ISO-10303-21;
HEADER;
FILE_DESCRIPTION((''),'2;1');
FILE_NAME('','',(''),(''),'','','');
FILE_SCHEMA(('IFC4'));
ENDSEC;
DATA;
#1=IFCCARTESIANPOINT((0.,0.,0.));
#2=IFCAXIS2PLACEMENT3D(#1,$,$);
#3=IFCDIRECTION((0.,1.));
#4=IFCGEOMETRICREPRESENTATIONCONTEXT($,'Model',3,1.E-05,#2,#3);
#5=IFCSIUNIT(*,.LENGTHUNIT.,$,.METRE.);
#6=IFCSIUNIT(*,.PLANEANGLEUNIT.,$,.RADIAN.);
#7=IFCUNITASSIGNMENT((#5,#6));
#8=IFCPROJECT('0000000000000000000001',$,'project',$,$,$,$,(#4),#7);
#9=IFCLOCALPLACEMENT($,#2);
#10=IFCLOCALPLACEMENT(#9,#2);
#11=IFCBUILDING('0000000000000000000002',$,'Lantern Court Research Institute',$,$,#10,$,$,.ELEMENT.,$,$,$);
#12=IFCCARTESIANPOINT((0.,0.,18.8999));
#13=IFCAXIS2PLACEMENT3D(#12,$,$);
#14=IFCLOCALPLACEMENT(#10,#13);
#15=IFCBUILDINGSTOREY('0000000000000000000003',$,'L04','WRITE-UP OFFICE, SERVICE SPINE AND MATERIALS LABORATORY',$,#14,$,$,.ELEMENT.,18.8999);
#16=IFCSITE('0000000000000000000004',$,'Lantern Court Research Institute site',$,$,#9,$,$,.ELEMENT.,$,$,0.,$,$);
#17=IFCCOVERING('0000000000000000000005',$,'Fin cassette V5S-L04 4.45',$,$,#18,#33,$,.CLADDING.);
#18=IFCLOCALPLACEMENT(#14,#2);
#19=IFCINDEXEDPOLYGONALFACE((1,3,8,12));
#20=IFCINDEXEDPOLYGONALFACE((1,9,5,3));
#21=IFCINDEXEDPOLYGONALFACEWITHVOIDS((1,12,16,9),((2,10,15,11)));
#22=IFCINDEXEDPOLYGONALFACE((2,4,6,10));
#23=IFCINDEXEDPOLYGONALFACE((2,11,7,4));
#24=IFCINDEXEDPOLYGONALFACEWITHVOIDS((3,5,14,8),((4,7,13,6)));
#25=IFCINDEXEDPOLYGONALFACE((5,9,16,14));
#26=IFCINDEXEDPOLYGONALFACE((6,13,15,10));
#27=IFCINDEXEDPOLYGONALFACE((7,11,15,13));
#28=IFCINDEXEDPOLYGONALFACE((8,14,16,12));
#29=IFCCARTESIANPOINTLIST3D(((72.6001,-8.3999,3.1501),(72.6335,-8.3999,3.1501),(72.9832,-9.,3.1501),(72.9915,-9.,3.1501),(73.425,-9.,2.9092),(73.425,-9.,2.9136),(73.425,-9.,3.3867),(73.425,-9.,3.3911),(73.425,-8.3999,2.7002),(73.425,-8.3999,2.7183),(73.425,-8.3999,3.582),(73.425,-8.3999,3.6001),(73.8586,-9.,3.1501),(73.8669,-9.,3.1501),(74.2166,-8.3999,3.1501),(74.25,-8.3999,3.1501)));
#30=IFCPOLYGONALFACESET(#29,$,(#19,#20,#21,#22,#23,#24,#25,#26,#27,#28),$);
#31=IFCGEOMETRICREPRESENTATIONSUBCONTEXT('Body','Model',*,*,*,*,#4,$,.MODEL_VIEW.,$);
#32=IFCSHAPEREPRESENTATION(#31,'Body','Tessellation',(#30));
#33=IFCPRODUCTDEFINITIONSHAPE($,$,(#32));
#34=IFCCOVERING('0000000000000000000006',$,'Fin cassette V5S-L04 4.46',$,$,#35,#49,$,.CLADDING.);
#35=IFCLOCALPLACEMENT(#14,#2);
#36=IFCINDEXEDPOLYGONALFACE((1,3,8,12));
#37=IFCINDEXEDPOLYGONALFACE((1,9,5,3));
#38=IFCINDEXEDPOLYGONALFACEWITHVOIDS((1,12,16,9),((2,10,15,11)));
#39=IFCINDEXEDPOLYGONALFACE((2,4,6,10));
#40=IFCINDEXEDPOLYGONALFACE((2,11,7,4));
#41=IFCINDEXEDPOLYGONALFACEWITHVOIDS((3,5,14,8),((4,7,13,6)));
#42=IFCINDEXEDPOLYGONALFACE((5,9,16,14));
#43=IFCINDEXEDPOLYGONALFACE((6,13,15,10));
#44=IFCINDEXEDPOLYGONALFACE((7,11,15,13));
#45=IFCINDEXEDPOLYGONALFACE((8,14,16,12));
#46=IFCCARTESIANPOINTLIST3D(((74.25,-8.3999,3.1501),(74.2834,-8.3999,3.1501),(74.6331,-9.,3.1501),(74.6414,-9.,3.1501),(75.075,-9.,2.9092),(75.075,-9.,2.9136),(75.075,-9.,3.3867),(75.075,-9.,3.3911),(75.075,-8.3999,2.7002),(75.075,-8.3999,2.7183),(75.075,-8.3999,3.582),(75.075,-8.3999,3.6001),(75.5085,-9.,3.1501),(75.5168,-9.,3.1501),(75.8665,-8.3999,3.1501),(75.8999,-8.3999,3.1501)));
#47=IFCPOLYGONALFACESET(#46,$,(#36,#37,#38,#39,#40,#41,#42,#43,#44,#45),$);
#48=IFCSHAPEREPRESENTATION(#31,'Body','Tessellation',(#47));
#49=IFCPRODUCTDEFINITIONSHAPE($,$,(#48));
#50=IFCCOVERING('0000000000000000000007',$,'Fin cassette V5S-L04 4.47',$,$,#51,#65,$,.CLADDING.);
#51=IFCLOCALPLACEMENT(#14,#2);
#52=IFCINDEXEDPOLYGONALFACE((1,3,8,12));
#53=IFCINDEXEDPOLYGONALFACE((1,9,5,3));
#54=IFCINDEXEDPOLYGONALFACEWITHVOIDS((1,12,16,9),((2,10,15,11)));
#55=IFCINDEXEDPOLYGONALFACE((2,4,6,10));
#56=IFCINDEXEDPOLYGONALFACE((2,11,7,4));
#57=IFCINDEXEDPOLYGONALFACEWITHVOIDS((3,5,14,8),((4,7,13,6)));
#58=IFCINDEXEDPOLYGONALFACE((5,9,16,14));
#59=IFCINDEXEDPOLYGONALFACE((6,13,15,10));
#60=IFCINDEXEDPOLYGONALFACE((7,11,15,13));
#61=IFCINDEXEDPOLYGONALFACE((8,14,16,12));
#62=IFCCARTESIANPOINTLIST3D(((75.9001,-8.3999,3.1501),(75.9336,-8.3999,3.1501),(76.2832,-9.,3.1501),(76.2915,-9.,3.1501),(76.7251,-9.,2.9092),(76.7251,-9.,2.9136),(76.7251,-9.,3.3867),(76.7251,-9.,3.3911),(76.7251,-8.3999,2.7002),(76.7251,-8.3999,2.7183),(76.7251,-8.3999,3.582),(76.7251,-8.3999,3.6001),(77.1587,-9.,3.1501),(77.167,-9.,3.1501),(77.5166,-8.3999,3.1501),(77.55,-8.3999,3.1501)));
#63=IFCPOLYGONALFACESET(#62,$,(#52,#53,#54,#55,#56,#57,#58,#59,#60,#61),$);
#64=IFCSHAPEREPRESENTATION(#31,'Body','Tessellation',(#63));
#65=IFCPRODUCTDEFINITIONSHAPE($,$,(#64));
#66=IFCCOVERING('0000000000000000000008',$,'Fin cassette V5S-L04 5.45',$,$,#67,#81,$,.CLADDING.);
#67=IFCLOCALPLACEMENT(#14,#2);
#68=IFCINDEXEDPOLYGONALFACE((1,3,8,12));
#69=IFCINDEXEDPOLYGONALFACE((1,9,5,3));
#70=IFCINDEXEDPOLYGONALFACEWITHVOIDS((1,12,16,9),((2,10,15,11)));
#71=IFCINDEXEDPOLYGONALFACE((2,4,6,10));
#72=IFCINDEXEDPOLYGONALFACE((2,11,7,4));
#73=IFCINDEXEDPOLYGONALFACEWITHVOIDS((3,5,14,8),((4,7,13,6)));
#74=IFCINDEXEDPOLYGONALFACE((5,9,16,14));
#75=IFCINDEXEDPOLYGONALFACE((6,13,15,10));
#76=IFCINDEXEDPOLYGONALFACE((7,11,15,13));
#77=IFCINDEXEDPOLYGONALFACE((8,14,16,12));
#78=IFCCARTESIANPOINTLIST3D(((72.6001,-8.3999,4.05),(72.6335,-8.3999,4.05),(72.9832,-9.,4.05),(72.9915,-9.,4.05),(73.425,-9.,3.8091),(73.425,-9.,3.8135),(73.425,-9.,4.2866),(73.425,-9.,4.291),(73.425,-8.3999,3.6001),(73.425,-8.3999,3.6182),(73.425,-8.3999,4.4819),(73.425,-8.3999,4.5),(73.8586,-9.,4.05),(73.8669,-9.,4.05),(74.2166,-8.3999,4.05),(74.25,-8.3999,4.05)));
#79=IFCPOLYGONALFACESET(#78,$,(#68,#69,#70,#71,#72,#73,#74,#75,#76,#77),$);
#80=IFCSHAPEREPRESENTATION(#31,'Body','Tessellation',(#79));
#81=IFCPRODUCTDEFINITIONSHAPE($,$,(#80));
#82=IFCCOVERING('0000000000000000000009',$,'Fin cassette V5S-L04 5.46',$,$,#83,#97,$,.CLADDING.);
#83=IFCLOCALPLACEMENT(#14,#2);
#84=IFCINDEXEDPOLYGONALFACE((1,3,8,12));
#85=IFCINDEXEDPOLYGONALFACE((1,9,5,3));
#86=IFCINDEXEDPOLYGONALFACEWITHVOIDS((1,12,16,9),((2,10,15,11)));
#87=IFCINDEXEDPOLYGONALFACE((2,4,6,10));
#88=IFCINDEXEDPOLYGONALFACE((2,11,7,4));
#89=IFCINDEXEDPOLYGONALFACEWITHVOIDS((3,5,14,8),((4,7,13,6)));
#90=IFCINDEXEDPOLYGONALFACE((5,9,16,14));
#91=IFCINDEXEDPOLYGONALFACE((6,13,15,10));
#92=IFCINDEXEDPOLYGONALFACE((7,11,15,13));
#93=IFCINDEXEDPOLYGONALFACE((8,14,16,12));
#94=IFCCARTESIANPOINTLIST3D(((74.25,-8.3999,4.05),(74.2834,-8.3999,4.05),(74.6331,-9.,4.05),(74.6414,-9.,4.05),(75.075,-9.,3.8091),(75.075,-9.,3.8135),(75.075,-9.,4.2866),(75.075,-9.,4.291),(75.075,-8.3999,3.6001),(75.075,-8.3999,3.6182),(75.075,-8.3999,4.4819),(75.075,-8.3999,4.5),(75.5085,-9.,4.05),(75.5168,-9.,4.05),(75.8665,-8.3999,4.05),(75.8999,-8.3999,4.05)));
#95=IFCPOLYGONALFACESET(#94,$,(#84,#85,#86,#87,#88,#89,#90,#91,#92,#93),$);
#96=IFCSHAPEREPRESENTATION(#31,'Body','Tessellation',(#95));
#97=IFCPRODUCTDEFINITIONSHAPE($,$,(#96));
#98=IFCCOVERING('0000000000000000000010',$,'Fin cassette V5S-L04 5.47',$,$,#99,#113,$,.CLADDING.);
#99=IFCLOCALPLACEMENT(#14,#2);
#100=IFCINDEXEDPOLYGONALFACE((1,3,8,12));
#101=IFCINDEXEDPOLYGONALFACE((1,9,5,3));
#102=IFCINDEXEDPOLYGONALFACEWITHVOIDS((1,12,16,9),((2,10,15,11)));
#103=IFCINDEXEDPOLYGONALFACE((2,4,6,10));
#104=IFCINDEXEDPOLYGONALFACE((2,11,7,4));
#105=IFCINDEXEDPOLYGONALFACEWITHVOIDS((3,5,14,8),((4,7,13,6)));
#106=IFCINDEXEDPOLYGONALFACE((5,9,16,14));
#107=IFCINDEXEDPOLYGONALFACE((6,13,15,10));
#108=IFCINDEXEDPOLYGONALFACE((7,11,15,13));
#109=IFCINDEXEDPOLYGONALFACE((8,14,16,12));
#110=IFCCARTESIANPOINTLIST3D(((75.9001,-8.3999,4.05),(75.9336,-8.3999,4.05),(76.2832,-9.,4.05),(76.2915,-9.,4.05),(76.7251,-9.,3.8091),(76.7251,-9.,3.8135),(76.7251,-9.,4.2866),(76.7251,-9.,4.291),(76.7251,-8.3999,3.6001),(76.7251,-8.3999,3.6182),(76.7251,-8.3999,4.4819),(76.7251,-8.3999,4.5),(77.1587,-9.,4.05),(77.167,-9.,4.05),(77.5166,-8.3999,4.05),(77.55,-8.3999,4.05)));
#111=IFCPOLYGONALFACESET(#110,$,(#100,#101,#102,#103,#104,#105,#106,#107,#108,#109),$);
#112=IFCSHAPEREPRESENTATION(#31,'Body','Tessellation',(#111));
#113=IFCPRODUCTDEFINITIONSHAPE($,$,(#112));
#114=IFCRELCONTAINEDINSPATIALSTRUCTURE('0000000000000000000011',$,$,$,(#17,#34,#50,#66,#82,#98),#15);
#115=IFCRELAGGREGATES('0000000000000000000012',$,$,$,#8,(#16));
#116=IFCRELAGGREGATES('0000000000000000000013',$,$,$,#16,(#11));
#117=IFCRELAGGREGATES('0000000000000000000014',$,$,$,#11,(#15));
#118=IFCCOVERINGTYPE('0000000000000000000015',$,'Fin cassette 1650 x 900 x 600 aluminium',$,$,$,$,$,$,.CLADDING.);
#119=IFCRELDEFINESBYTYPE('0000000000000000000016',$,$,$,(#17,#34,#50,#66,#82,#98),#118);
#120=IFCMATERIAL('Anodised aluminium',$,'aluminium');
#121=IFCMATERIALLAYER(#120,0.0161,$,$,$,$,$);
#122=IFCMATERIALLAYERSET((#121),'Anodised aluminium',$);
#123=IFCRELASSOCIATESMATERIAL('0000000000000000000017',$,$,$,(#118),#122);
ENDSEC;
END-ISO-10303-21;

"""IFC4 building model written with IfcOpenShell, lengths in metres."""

from ifc_helpers import new_model, entity, si_unit, direction, frame, origin, place, context, subcontext, project, spatial, material, layer, layer_set, type_object, element, save


model = new_model("IFC4")

# Units and contexts
model_context = context("Model", 3, precision=1e-05, world=origin(), true_north=direction((0.0, 1.0)))
body_context = subcontext(model_context, "Body", "Model", "MODEL_VIEW")
ifc_project = project(units=[si_unit("LENGTHUNIT", "METRE"), si_unit("PLANEANGLEUNIT", "RADIAN")], contexts=[model_context])

# Site, building, storey
site_placement = place(None, origin())
site = spatial("IfcSite", under=ifc_project, at=site_placement, Name="Lantern Court Research Institute site", CompositionType="ELEMENT", RefElevation=0.0)
building_placement = place(site_placement, origin())
building = spatial("IfcBuilding", under=site, at=building_placement, Name="Lantern Court Research Institute", CompositionType="ELEMENT")
storey_placement = place(building_placement, frame((0.0, 0.0, 18.8999)))
storey = spatial("IfcBuildingStorey", under=building, at=storey_placement, Name="L04", Description="WRITE-UP OFFICE, SERVICE SPINE AND MATERIALS LABORATORY", CompositionType="ELEMENT", Elevation=18.8999)

# Coverings
ifc_material_1 = material(Name="Anodised aluminium", Category="aluminium")
ifc_layer_1 = layer(ifc_material_1, 0.0161)
ifc_layer_set_1 = layer_set([ifc_layer_1], Name="Anodised aluminium")
covering_type = type_object("IfcCoveringType", Name="Fin cassette 1650 x 900 x 600 aluminium", PredefinedType="CLADDING", material=ifc_layer_set_1)
covering_1_placement = place(storey_placement, frame((73.425, -8.3999, 3.1501), z_axis=(0.0, -1.0, 0.0), x_axis=(1.0, 0.0, 0.0)))
cartesian_point_1 = entity("IfcCartesianPoint", [0.825, 0.0])
cartesian_point_2 = entity("IfcCartesianPoint", [0.7915, 0.0])
cartesian_point_3 = entity("IfcCartesianPoint", [0.4419, 0.0])
cartesian_point_4 = entity("IfcCartesianPoint", [0.4336, 0.0])
element("IfcCovering", 1, at=covering_1_placement, inside=storey, type_object=covering_type, Name="Fin cassette V5S-L04 4.45", PredefinedType="CLADDING", context=body_context, shape_type="SweptSolid", body=[
    entity("IfcExtrudedAreaSolidTapered", entity("IfcArbitraryProfileDefWithVoids", "AREA", None, entity("IfcPolyline", [cartesian_point_1, entity("IfcCartesianPoint", [0.0, 0.45]), entity("IfcCartesianPoint", [-0.825, 0.0]), entity("IfcCartesianPoint", [0.0, -0.45]), cartesian_point_1]), [entity("IfcPolyline", [cartesian_point_2, entity("IfcCartesianPoint", [0.0, 0.4319]), entity("IfcCartesianPoint", [-0.7915, 0.0]), entity("IfcCartesianPoint", [0.0, -0.4319]), cartesian_point_2])]), entity("IfcAxis2Placement3D", entity("IfcCartesianPoint", [0.0, 0.0, 0.0])), entity("IfcDirection", [0.0, 0.0, 1.0]), 0.6001, entity("IfcArbitraryProfileDefWithVoids", "AREA", None, entity("IfcPolyline", [cartesian_point_3, entity("IfcCartesianPoint", [0.0, 0.241]), entity("IfcCartesianPoint", [-0.4419, 0.0]), entity("IfcCartesianPoint", [0.0, -0.241]), cartesian_point_3]), [entity("IfcPolyline", [cartesian_point_4, entity("IfcCartesianPoint", [0.0, 0.2366]), entity("IfcCartesianPoint", [-0.4336, 0.0]), entity("IfcCartesianPoint", [0.0, -0.2366]), cartesian_point_4])])),
])
covering_2_placement = place(storey_placement, frame((75.075, -8.3999, 3.1501), z_axis=(0.0, -1.0, 0.0), x_axis=(1.0, 0.0, 0.0)))
cartesian_point_5 = entity("IfcCartesianPoint", [0.825, 0.0])
cartesian_point_6 = entity("IfcCartesianPoint", [0.7915, 0.0])
cartesian_point_7 = entity("IfcCartesianPoint", [0.4419, 0.0])
cartesian_point_8 = entity("IfcCartesianPoint", [0.4336, 0.0])
element("IfcCovering", 2, at=covering_2_placement, inside=storey, type_object=covering_type, Name="Fin cassette V5S-L04 4.46", PredefinedType="CLADDING", context=body_context, shape_type="SweptSolid", body=[
    entity("IfcExtrudedAreaSolidTapered", entity("IfcArbitraryProfileDefWithVoids", "AREA", None, entity("IfcPolyline", [cartesian_point_5, entity("IfcCartesianPoint", [0.0, 0.45]), entity("IfcCartesianPoint", [-0.825, 0.0]), entity("IfcCartesianPoint", [0.0, -0.45]), cartesian_point_5]), [entity("IfcPolyline", [cartesian_point_6, entity("IfcCartesianPoint", [0.0, 0.4319]), entity("IfcCartesianPoint", [-0.7915, 0.0]), entity("IfcCartesianPoint", [0.0, -0.4319]), cartesian_point_6])]), entity("IfcAxis2Placement3D", entity("IfcCartesianPoint", [0.0, 0.0, 0.0])), entity("IfcDirection", [0.0, 0.0, 1.0]), 0.6001, entity("IfcArbitraryProfileDefWithVoids", "AREA", None, entity("IfcPolyline", [cartesian_point_7, entity("IfcCartesianPoint", [0.0, 0.241]), entity("IfcCartesianPoint", [-0.4419, 0.0]), entity("IfcCartesianPoint", [0.0, -0.241]), cartesian_point_7]), [entity("IfcPolyline", [cartesian_point_8, entity("IfcCartesianPoint", [0.0, 0.2366]), entity("IfcCartesianPoint", [-0.4336, 0.0]), entity("IfcCartesianPoint", [0.0, -0.2366]), cartesian_point_8])])),
])
covering_3_placement = place(storey_placement, frame((76.7251, -8.3999, 3.1501), z_axis=(0.0, -1.0, 0.0), x_axis=(1.0, 0.0, 0.0)))
cartesian_point_9 = entity("IfcCartesianPoint", [0.825, 0.0])
cartesian_point_10 = entity("IfcCartesianPoint", [0.7915, 0.0])
cartesian_point_11 = entity("IfcCartesianPoint", [0.4419, 0.0])
cartesian_point_12 = entity("IfcCartesianPoint", [0.4336, 0.0])
element("IfcCovering", 3, at=covering_3_placement, inside=storey, type_object=covering_type, Name="Fin cassette V5S-L04 4.47", PredefinedType="CLADDING", context=body_context, shape_type="SweptSolid", body=[
    entity("IfcExtrudedAreaSolidTapered", entity("IfcArbitraryProfileDefWithVoids", "AREA", None, entity("IfcPolyline", [cartesian_point_9, entity("IfcCartesianPoint", [0.0, 0.45]), entity("IfcCartesianPoint", [-0.825, 0.0]), entity("IfcCartesianPoint", [0.0, -0.45]), cartesian_point_9]), [entity("IfcPolyline", [cartesian_point_10, entity("IfcCartesianPoint", [0.0, 0.4319]), entity("IfcCartesianPoint", [-0.7915, 0.0]), entity("IfcCartesianPoint", [0.0, -0.4319]), cartesian_point_10])]), entity("IfcAxis2Placement3D", entity("IfcCartesianPoint", [0.0, 0.0, 0.0])), entity("IfcDirection", [0.0, 0.0, 1.0]), 0.6001, entity("IfcArbitraryProfileDefWithVoids", "AREA", None, entity("IfcPolyline", [cartesian_point_11, entity("IfcCartesianPoint", [0.0, 0.241]), entity("IfcCartesianPoint", [-0.4419, 0.0]), entity("IfcCartesianPoint", [0.0, -0.241]), cartesian_point_11]), [entity("IfcPolyline", [cartesian_point_12, entity("IfcCartesianPoint", [0.0, 0.2366]), entity("IfcCartesianPoint", [-0.4336, 0.0]), entity("IfcCartesianPoint", [0.0, -0.2366]), cartesian_point_12])])),
])
covering_4_placement = place(storey_placement, frame((73.425, -8.3999, 4.05), z_axis=(0.0, -1.0, 0.0), x_axis=(1.0, 0.0, 0.0)))
cartesian_point_13 = entity("IfcCartesianPoint", [0.825, 0.0])
cartesian_point_14 = entity("IfcCartesianPoint", [0.7915, 0.0])
cartesian_point_15 = entity("IfcCartesianPoint", [0.4419, 0.0])
cartesian_point_16 = entity("IfcCartesianPoint", [0.4336, 0.0])
element("IfcCovering", 4, at=covering_4_placement, inside=storey, type_object=covering_type, Name="Fin cassette V5S-L04 5.45", PredefinedType="CLADDING", context=body_context, shape_type="SweptSolid", body=[
    entity("IfcExtrudedAreaSolidTapered", entity("IfcArbitraryProfileDefWithVoids", "AREA", None, entity("IfcPolyline", [cartesian_point_13, entity("IfcCartesianPoint", [0.0, 0.45]), entity("IfcCartesianPoint", [-0.825, 0.0]), entity("IfcCartesianPoint", [0.0, -0.45]), cartesian_point_13]), [entity("IfcPolyline", [cartesian_point_14, entity("IfcCartesianPoint", [0.0, 0.4319]), entity("IfcCartesianPoint", [-0.7915, 0.0]), entity("IfcCartesianPoint", [0.0, -0.4319]), cartesian_point_14])]), entity("IfcAxis2Placement3D", entity("IfcCartesianPoint", [0.0, 0.0, 0.0])), entity("IfcDirection", [0.0, 0.0, 1.0]), 0.6001, entity("IfcArbitraryProfileDefWithVoids", "AREA", None, entity("IfcPolyline", [cartesian_point_15, entity("IfcCartesianPoint", [0.0, 0.241]), entity("IfcCartesianPoint", [-0.4419, 0.0]), entity("IfcCartesianPoint", [0.0, -0.241]), cartesian_point_15]), [entity("IfcPolyline", [cartesian_point_16, entity("IfcCartesianPoint", [0.0, 0.2366]), entity("IfcCartesianPoint", [-0.4336, 0.0]), entity("IfcCartesianPoint", [0.0, -0.2366]), cartesian_point_16])])),
])
covering_5_placement = place(storey_placement, frame((75.075, -8.3999, 4.05), z_axis=(0.0, -1.0, 0.0), x_axis=(1.0, 0.0, 0.0)))
cartesian_point_17 = entity("IfcCartesianPoint", [0.825, 0.0])
cartesian_point_18 = entity("IfcCartesianPoint", [0.7915, 0.0])
cartesian_point_19 = entity("IfcCartesianPoint", [0.4419, 0.0])
cartesian_point_20 = entity("IfcCartesianPoint", [0.4336, 0.0])
element("IfcCovering", 5, at=covering_5_placement, inside=storey, type_object=covering_type, Name="Fin cassette V5S-L04 5.46", PredefinedType="CLADDING", context=body_context, shape_type="SweptSolid", body=[
    entity("IfcExtrudedAreaSolidTapered", entity("IfcArbitraryProfileDefWithVoids", "AREA", None, entity("IfcPolyline", [cartesian_point_17, entity("IfcCartesianPoint", [0.0, 0.45]), entity("IfcCartesianPoint", [-0.825, 0.0]), entity("IfcCartesianPoint", [0.0, -0.45]), cartesian_point_17]), [entity("IfcPolyline", [cartesian_point_18, entity("IfcCartesianPoint", [0.0, 0.4319]), entity("IfcCartesianPoint", [-0.7915, 0.0]), entity("IfcCartesianPoint", [0.0, -0.4319]), cartesian_point_18])]), entity("IfcAxis2Placement3D", entity("IfcCartesianPoint", [0.0, 0.0, 0.0])), entity("IfcDirection", [0.0, 0.0, 1.0]), 0.6001, entity("IfcArbitraryProfileDefWithVoids", "AREA", None, entity("IfcPolyline", [cartesian_point_19, entity("IfcCartesianPoint", [0.0, 0.241]), entity("IfcCartesianPoint", [-0.4419, 0.0]), entity("IfcCartesianPoint", [0.0, -0.241]), cartesian_point_19]), [entity("IfcPolyline", [cartesian_point_20, entity("IfcCartesianPoint", [0.0, 0.2366]), entity("IfcCartesianPoint", [-0.4336, 0.0]), entity("IfcCartesianPoint", [0.0, -0.2366]), cartesian_point_20])])),
])
covering_6_placement = place(storey_placement, frame((76.7251, -8.3999, 4.05), z_axis=(0.0, -1.0, 0.0), x_axis=(1.0, 0.0, 0.0)))
cartesian_point_21 = entity("IfcCartesianPoint", [0.825, 0.0])
cartesian_point_22 = entity("IfcCartesianPoint", [0.7915, 0.0])
cartesian_point_23 = entity("IfcCartesianPoint", [0.4419, 0.0])
cartesian_point_24 = entity("IfcCartesianPoint", [0.4336, 0.0])
element("IfcCovering", 6, at=covering_6_placement, inside=storey, type_object=covering_type, Name="Fin cassette V5S-L04 5.47", PredefinedType="CLADDING", context=body_context, shape_type="SweptSolid", body=[
    entity("IfcExtrudedAreaSolidTapered", entity("IfcArbitraryProfileDefWithVoids", "AREA", None, entity("IfcPolyline", [cartesian_point_21, entity("IfcCartesianPoint", [0.0, 0.45]), entity("IfcCartesianPoint", [-0.825, 0.0]), entity("IfcCartesianPoint", [0.0, -0.45]), cartesian_point_21]), [entity("IfcPolyline", [cartesian_point_22, entity("IfcCartesianPoint", [0.0, 0.4319]), entity("IfcCartesianPoint", [-0.7915, 0.0]), entity("IfcCartesianPoint", [0.0, -0.4319]), cartesian_point_22])]), entity("IfcAxis2Placement3D", entity("IfcCartesianPoint", [0.0, 0.0, 0.0])), entity("IfcDirection", [0.0, 0.0, 1.0]), 0.6001, entity("IfcArbitraryProfileDefWithVoids", "AREA", None, entity("IfcPolyline", [cartesian_point_23, entity("IfcCartesianPoint", [0.0, 0.241]), entity("IfcCartesianPoint", [-0.4419, 0.0]), entity("IfcCartesianPoint", [0.0, -0.241]), cartesian_point_23]), [entity("IfcPolyline", [cartesian_point_24, entity("IfcCartesianPoint", [0.0, 0.2366]), entity("IfcCartesianPoint", [-0.4336, 0.0]), entity("IfcCartesianPoint", [0.0, -0.2366]), cartesian_point_24])])),
])

save(model, "model.ifc")
